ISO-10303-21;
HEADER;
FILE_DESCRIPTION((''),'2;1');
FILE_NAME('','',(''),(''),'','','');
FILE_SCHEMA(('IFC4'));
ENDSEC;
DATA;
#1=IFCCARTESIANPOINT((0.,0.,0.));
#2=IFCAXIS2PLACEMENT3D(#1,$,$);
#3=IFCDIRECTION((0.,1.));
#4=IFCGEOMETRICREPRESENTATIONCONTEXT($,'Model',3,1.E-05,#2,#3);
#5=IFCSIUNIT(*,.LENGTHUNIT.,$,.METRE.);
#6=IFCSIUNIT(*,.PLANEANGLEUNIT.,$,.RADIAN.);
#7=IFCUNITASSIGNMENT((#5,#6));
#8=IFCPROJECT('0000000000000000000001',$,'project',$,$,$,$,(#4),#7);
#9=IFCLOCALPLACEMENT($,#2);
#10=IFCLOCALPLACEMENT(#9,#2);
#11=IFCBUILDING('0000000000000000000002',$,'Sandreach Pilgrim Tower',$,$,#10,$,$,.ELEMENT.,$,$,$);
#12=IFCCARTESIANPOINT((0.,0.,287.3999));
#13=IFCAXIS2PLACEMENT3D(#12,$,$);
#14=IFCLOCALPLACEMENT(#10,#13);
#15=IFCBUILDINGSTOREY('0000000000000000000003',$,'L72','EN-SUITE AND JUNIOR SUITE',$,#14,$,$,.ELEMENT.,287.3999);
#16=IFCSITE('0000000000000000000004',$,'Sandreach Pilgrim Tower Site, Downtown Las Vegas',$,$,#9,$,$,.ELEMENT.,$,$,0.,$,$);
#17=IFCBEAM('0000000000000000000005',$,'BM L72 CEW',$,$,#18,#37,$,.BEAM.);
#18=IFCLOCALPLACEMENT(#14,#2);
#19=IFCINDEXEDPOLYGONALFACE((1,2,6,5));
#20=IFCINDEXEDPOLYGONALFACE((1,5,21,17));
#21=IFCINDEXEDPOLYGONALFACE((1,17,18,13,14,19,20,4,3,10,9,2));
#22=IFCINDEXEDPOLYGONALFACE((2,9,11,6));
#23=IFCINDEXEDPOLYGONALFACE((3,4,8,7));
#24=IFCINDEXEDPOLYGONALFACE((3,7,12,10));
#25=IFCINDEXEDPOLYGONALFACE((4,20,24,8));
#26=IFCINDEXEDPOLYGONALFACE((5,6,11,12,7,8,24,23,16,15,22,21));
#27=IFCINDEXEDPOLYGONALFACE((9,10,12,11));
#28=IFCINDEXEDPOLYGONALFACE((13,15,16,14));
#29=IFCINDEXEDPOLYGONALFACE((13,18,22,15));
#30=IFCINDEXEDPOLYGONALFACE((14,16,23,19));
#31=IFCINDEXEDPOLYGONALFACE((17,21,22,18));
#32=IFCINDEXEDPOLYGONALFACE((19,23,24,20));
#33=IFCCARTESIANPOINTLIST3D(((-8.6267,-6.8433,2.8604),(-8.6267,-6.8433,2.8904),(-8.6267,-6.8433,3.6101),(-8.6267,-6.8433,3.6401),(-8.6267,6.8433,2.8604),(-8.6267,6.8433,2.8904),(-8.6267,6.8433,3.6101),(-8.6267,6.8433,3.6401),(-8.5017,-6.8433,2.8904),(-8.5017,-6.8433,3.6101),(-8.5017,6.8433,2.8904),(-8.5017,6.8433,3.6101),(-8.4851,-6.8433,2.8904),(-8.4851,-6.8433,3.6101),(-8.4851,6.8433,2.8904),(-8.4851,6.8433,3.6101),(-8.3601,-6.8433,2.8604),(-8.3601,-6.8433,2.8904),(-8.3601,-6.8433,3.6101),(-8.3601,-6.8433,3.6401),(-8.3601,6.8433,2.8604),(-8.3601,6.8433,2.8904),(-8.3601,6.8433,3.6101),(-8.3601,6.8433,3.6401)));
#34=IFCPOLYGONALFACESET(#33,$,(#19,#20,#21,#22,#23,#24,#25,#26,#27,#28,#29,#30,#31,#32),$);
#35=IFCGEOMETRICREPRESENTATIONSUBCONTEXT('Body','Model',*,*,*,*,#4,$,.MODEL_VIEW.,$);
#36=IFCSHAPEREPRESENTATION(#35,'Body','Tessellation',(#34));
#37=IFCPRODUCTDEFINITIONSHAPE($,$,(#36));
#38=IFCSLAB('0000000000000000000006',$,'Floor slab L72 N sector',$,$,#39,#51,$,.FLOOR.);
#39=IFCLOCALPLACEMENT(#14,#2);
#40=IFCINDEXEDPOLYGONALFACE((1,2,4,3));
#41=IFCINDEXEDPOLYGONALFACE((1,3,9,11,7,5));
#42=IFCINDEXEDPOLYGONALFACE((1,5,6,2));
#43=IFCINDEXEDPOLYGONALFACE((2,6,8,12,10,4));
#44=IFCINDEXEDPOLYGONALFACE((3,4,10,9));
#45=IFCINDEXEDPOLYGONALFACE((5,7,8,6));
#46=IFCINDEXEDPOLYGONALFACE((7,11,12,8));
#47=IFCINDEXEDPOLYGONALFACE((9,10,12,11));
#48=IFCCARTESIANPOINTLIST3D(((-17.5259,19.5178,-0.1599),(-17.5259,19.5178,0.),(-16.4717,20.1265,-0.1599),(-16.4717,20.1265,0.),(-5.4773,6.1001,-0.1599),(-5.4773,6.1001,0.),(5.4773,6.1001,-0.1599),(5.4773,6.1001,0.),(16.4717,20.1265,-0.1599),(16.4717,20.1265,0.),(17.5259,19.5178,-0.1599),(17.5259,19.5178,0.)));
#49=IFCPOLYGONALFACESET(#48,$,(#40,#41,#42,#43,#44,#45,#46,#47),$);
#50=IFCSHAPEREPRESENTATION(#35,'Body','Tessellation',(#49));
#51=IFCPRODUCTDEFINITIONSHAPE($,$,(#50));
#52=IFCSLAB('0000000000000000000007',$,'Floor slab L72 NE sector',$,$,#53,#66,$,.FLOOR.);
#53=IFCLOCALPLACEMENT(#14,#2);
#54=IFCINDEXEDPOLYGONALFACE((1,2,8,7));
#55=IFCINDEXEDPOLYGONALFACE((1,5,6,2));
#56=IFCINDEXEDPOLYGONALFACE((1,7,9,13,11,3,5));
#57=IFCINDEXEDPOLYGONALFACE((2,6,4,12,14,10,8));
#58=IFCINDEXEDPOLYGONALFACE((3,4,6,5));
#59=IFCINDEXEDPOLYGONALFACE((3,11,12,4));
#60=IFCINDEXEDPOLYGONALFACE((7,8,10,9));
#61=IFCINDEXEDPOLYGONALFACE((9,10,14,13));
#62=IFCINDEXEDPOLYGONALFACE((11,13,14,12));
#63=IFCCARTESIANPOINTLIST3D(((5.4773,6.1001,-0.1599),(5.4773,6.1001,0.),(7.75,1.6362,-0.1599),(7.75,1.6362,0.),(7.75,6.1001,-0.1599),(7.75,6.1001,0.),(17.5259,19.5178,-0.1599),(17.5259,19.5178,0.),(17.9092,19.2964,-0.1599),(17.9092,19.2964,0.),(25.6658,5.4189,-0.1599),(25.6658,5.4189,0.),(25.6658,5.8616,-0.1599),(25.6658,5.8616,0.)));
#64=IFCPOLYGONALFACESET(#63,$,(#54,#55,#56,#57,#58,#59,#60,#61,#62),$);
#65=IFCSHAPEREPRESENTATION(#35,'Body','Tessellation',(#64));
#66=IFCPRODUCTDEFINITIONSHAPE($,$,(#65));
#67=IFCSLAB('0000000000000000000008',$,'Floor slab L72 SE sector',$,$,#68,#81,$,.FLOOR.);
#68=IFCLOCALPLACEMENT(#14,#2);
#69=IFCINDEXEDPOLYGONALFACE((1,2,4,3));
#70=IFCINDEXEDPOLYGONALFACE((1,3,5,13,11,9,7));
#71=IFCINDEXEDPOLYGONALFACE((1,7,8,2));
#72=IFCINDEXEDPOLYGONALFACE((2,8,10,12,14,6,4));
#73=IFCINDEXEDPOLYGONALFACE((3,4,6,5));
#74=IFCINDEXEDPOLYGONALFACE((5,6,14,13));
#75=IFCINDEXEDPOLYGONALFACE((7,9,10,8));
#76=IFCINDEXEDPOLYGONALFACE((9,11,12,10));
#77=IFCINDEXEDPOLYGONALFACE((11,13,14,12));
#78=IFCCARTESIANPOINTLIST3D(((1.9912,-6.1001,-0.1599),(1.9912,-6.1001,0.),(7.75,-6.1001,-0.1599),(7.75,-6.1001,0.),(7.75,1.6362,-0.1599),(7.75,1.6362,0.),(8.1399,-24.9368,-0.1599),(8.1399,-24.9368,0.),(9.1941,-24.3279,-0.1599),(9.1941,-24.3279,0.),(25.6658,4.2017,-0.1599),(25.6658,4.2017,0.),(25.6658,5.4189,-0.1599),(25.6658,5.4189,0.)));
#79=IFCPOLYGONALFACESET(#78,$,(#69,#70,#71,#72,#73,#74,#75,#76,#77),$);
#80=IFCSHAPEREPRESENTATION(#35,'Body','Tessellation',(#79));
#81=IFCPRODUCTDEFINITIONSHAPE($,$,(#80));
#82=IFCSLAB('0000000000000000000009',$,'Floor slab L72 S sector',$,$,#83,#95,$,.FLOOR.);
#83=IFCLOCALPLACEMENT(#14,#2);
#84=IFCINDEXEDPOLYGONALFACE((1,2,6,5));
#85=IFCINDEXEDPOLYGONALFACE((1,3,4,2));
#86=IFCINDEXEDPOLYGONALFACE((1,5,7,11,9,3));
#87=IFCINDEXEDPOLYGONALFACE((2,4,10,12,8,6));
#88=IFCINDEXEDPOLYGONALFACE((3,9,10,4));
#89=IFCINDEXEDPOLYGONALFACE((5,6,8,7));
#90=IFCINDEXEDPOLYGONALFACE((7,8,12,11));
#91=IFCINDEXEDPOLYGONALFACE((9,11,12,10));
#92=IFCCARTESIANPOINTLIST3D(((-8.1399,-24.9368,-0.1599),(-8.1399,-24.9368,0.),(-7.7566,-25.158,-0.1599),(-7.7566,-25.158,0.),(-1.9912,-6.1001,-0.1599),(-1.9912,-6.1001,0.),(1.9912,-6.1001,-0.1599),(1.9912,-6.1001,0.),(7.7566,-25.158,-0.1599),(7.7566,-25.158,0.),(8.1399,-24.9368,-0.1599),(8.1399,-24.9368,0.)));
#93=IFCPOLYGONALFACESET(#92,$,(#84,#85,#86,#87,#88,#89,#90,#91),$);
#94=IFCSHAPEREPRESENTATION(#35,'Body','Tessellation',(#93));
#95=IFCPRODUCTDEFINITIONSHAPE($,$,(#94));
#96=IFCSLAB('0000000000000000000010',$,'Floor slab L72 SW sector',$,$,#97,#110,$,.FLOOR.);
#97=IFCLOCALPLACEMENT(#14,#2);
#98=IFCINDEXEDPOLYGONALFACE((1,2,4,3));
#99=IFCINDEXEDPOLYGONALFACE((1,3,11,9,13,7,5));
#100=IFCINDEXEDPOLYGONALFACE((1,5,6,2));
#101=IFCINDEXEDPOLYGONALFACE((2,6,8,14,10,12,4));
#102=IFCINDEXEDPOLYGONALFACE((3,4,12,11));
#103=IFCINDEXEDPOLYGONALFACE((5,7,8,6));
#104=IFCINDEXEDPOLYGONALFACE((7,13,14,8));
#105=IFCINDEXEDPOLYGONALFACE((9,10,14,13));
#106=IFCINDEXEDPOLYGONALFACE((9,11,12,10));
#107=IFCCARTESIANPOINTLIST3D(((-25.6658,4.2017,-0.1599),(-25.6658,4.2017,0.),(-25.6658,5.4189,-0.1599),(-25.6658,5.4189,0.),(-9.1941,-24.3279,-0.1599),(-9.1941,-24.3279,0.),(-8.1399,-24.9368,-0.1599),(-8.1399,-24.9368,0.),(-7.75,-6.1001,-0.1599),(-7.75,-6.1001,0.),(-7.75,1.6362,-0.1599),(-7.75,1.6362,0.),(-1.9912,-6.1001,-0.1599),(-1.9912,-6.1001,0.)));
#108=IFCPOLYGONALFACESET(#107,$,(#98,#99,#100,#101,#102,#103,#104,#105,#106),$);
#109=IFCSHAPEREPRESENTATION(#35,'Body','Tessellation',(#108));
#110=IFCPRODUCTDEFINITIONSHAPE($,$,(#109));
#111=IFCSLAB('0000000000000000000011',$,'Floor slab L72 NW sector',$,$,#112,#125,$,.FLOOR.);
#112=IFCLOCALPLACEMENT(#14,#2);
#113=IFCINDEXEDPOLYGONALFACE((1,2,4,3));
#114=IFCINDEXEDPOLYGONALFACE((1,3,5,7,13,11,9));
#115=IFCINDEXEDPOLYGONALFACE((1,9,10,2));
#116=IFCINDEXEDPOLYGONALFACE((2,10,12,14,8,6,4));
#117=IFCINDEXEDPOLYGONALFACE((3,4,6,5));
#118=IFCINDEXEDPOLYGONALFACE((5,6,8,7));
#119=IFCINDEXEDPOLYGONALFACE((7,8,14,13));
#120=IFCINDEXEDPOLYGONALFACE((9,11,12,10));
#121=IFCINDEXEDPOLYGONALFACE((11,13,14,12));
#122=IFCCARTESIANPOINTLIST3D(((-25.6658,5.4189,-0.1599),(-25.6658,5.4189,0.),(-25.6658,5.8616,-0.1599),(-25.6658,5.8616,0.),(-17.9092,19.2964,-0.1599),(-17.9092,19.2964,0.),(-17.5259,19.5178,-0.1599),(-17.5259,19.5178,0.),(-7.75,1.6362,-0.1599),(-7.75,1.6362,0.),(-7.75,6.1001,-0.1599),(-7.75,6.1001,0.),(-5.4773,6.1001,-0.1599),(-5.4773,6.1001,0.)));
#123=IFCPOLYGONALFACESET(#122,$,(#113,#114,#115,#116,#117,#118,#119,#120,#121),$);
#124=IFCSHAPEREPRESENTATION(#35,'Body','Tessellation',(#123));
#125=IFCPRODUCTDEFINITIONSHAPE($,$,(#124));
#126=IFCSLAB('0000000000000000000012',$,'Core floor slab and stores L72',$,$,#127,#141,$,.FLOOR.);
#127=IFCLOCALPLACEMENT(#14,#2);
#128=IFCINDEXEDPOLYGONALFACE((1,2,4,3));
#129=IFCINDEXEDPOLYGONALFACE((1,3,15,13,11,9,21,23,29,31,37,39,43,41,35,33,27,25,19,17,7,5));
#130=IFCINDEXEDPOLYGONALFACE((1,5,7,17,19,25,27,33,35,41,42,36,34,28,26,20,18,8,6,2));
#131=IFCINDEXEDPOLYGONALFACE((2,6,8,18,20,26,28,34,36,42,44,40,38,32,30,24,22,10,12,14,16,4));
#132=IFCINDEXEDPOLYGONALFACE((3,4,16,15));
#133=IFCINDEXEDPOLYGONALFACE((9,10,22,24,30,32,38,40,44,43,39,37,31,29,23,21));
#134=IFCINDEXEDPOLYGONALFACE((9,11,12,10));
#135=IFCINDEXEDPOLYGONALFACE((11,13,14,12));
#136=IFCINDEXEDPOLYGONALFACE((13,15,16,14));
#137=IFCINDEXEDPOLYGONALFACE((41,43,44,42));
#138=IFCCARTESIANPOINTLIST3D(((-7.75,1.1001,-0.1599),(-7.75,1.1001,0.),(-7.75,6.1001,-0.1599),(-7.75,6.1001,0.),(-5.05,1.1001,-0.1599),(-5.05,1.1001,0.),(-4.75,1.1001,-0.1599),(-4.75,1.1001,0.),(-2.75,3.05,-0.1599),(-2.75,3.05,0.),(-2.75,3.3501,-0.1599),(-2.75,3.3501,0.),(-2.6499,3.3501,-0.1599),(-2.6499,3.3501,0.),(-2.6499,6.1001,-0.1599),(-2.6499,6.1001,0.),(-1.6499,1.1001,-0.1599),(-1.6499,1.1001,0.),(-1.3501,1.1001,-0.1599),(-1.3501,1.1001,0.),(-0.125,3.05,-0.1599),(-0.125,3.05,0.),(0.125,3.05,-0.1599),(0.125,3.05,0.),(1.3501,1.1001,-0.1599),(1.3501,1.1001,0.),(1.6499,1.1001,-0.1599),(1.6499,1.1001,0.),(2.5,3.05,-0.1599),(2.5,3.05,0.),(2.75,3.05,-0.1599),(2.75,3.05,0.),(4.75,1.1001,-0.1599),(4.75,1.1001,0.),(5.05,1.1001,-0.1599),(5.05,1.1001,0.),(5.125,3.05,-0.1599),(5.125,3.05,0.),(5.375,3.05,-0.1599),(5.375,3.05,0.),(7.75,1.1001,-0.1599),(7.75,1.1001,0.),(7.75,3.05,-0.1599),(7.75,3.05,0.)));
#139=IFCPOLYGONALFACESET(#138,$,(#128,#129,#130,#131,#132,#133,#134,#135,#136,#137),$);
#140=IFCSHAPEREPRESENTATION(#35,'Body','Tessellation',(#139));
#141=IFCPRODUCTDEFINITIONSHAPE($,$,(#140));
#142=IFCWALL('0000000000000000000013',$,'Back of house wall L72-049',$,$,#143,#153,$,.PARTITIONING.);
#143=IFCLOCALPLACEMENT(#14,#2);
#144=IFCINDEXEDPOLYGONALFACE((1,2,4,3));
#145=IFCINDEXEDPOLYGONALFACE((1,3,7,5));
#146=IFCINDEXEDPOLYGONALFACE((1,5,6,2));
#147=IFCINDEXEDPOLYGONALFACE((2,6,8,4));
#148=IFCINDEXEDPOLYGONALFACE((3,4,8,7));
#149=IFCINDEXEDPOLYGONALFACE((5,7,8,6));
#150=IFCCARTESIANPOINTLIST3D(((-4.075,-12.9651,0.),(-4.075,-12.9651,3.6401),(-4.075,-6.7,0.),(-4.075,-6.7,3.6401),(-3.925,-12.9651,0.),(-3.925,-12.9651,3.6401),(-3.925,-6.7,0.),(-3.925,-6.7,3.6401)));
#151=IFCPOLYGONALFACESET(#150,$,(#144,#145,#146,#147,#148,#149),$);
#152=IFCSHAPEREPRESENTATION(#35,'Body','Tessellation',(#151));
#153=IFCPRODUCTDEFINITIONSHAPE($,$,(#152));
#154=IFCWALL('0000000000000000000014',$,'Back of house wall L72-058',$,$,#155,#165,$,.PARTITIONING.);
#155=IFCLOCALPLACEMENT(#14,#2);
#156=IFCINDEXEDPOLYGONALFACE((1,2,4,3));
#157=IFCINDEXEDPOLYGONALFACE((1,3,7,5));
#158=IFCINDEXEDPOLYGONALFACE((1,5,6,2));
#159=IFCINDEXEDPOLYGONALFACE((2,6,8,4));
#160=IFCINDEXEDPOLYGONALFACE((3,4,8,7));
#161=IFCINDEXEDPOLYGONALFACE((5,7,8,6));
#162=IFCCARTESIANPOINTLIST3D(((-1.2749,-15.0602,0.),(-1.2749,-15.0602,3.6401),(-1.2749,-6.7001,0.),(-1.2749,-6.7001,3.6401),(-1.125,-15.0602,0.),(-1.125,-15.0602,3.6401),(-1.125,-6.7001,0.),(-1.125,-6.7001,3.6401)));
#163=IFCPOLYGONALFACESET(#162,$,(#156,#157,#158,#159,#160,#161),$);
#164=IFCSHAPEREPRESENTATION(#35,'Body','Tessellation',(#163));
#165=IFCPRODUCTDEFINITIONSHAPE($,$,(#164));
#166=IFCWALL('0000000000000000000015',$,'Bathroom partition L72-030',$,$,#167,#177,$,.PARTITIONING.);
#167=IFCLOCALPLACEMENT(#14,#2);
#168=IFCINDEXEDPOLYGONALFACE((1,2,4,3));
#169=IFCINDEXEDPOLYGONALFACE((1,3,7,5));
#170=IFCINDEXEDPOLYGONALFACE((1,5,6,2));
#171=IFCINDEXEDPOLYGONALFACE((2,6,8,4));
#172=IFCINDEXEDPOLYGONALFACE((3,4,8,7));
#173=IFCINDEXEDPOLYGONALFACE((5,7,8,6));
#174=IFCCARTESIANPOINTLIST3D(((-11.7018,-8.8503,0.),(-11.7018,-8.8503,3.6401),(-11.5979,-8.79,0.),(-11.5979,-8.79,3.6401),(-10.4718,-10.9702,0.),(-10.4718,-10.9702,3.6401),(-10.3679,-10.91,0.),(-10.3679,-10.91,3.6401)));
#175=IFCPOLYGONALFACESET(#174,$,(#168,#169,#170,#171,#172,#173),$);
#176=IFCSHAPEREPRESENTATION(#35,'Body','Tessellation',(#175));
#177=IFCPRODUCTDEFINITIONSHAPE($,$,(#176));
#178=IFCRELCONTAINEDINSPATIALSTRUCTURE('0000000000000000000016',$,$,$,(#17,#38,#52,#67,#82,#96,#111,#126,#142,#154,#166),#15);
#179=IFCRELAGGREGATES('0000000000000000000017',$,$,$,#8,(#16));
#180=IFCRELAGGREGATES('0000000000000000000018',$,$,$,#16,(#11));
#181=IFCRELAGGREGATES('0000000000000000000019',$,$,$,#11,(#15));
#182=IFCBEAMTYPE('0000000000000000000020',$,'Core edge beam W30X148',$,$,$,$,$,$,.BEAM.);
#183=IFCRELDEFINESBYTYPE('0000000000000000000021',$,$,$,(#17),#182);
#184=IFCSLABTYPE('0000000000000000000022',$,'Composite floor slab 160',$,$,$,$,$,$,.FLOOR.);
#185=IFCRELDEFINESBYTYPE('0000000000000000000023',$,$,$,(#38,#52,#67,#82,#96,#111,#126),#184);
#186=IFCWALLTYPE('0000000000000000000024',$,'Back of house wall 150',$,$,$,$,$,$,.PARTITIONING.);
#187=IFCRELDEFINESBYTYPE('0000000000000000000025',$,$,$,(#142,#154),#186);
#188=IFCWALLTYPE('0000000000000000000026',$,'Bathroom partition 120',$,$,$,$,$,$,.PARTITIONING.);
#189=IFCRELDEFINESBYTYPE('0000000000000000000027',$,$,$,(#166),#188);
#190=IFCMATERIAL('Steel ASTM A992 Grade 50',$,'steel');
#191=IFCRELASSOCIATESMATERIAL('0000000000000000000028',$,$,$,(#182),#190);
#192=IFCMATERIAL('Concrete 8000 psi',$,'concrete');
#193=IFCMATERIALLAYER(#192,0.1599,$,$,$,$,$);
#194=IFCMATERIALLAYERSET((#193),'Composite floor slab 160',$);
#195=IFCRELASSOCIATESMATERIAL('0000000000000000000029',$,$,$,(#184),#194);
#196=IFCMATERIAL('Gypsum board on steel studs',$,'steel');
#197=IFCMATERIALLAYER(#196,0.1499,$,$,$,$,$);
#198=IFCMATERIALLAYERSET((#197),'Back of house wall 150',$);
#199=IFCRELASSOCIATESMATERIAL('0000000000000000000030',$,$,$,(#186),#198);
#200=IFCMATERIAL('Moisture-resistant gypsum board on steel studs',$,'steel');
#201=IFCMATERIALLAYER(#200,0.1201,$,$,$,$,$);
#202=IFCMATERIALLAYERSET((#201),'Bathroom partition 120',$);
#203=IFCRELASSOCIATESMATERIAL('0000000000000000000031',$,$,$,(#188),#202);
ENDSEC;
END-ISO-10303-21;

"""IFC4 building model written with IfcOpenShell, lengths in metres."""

from ifc_helpers import new_model, si_unit, direction, frame, frame_2d, origin, origin_2d, place, context, subcontext, project, spatial, polyline, rectangle, i_section, outline, extrude, material, layer, layer_set, material_profile, profile_set, type_object, element, save


model = new_model("IFC4")

# Units and contexts
model_context = context("Model", 3, precision=1e-05, world=origin(), true_north=direction((0.0, 1.0)))
body_context = subcontext(model_context, "Body", "Model", "MODEL_VIEW")
ifc_project = project(units=[si_unit("LENGTHUNIT", "METRE"), si_unit("PLANEANGLEUNIT", "RADIAN")], contexts=[model_context])

# Site, building, storey
site_placement = place(None, origin())
site = spatial("IfcSite", under=ifc_project, at=site_placement, Name="Sandreach Pilgrim Tower Site, Downtown Las Vegas", CompositionType="ELEMENT", RefElevation=0.0)
building_placement = place(site_placement, origin())
building = spatial("IfcBuilding", under=site, at=building_placement, Name="Sandreach Pilgrim Tower", CompositionType="ELEMENT")
storey_placement = place(building_placement, frame((0.0, 0.0, 287.3999)))
storey = spatial("IfcBuildingStorey", under=building, at=storey_placement, Name="L72", Description="EN-SUITE AND JUNIOR SUITE", CompositionType="ELEMENT", Elevation=287.3999)

# Beam
ifc_material_1 = material(Name="Steel ASTM A992 Grade 50", Category="steel")
ifc_material_profile = material_profile(ifc_material_1, i_section(OverallWidth=0.2666, OverallDepth=0.7798, WebThickness=0.0166, FlangeThickness=0.03, at=origin_2d()), Name="W30X148")
ifc_profile_set = profile_set([ifc_material_profile], Name="Steel ASTM A992 Grade 50")
beam_type = type_object("IfcBeamType", Name="Core edge beam W30X148", PredefinedType="BEAM", material=ifc_profile_set)
beam_placement = place(storey_placement, frame((-8.4934, -6.8433, 3.2502), z_axis=(0.0, 1.0, 0.0), x_axis=(-1.0, 0.0, 0.0)))
element("IfcBeam", 1, at=beam_placement, inside=storey, type_object=beam_type, Name="BM L72 CEW", PredefinedType="BEAM", context=body_context, shape_type="SweptSolid", body=[
    extrude(i_section(OverallWidth=0.2666, OverallDepth=0.7798, WebThickness=0.0166, FlangeThickness=0.03, at=origin_2d()), origin(), (0.0, 0.0, 1.0), 13.6865),
])

# Slabs
ifc_material_2 = material(Name="Concrete 8000 psi", Category="concrete")
ifc_layer_1 = layer(ifc_material_2, 0.1599)
ifc_layer_set_1 = layer_set([ifc_layer_1], Name="Composite floor slab 160")
slab_type = type_object("IfcSlabType", Name="Composite floor slab 160", PredefinedType="FLOOR", material=ifc_layer_set_1)
slab_1_placement = place(storey_placement, frame((0.0, 0.0, -0.1599)))
element("IfcSlab", 2, at=slab_1_placement, inside=storey, type_object=slab_type, Name="Floor slab L72 N sector", PredefinedType="FLOOR", context=body_context, shape_type="SweptSolid", body=[
    extrude(outline(polyline([(-16.4717, 20.1265), (16.4717, 20.1265), (17.5259, 19.5178), (5.4773, 6.1001), (-5.4773, 6.1001), (-17.5259, 19.5178), (-16.4717, 20.1265)])), origin(), (0.0, 0.0, 1.0), 0.1599),
])
slab_2_placement = place(storey_placement, frame((0.0, 0.0, -0.1599)))
element("IfcSlab", 3, at=slab_2_placement, inside=storey, type_object=slab_type, Name="Floor slab L72 NE sector", PredefinedType="FLOOR", context=body_context, shape_type="SweptSolid", body=[
    extrude(outline(polyline([(17.9092, 19.2964), (25.6658, 5.8616), (25.6658, 5.4189), (7.75, 1.6362), (7.75, 6.1001), (5.4773, 6.1001), (17.5259, 19.5178), (17.9092, 19.2964)])), origin(), (0.0, 0.0, 1.0), 0.1599),
])
slab_3_placement = place(storey_placement, frame((0.0, 0.0, -0.1599)))
element("IfcSlab", 4, at=slab_3_placement, inside=storey, type_object=slab_type, Name="Floor slab L72 SE sector", PredefinedType="FLOOR", context=body_context, shape_type="SweptSolid", body=[
    extrude(outline(polyline([(25.6658, 4.2017), (9.1941, -24.3279), (8.1399, -24.9368), (1.9912, -6.1001), (7.75, -6.1001), (7.75, 1.6362), (25.6658, 5.4189), (25.6658, 4.2017)])), origin(), (0.0, 0.0, 1.0), 0.1599),
])
slab_4_placement = place(storey_placement, frame((0.0, 0.0, -0.1599)))
element("IfcSlab", 5, at=slab_4_placement, inside=storey, type_object=slab_type, Name="Floor slab L72 S sector", PredefinedType="FLOOR", context=body_context, shape_type="SweptSolid", body=[
    extrude(outline(polyline([(7.7566, -25.158), (-7.7566, -25.158), (-8.1399, -24.9368), (-1.9912, -6.1001), (1.9912, -6.1001), (8.1399, -24.9368), (7.7566, -25.158)])), origin(), (0.0, 0.0, 1.0), 0.1599),
])
slab_5_placement = place(storey_placement, frame((0.0, 0.0, -0.1599)))
element("IfcSlab", 6, at=slab_5_placement, inside=storey, type_object=slab_type, Name="Floor slab L72 SW sector", PredefinedType="FLOOR", context=body_context, shape_type="SweptSolid", body=[
    extrude(outline(polyline([(-9.1941, -24.3279), (-25.6658, 4.2017), (-25.6658, 5.4189), (-7.75, 1.6362), (-7.75, -6.1001), (-1.9912, -6.1001), (-8.1399, -24.9368), (-9.1941, -24.3279)])), origin(), (0.0, 0.0, 1.0), 0.1599),
])
slab_6_placement = place(storey_placement, frame((0.0, 0.0, -0.1599)))
element("IfcSlab", 7, at=slab_6_placement, inside=storey, type_object=slab_type, Name="Floor slab L72 NW sector", PredefinedType="FLOOR", context=body_context, shape_type="SweptSolid", body=[
    extrude(outline(polyline([(-25.6658, 5.8616), (-17.9092, 19.2964), (-17.5259, 19.5178), (-5.4773, 6.1001), (-7.75, 6.1001), (-7.75, 1.6362), (-25.6658, 5.4189), (-25.6658, 5.8616)])), origin(), (0.0, 0.0, 1.0), 0.1599),
])
slab_7_placement = place(storey_placement, frame((0.0, 0.0, -0.1599)))
element("IfcSlab", 8, at=slab_7_placement, inside=storey, type_object=slab_type, Name="Core floor slab and stores L72", PredefinedType="FLOOR", context=body_context, shape_type="SweptSolid", body=[
    extrude(outline(polyline([(-2.75, 3.3501), (-2.75, 3.05), (-0.125, 3.05), (0.125, 3.05), (2.5, 3.05), (2.75, 3.05), (5.125, 3.05), (5.375, 3.05), (7.75, 3.05), (7.75, 1.1001), (5.05, 1.1001), (4.75, 1.1001), (1.6499, 1.1001), (1.3501, 1.1001), (-1.3501, 1.1001), (-1.6499, 1.1001), (-4.75, 1.1001), (-5.05, 1.1001), (-7.75, 1.1001), (-7.75, 6.1001), (-2.6499, 6.1001), (-2.6499, 3.3501), (-2.75, 3.3501)])), origin(), (0.0, 0.0, 1.0), 0.1599),
])

# Walls
ifc_material_3 = material(Name="Gypsum board on steel studs", Category="steel")
ifc_layer_2 = layer(ifc_material_3, 0.1499)
ifc_layer_set_2 = layer_set([ifc_layer_2], Name="Back of house wall 150")
wall_type_1 = type_object("IfcWallType", Name="Back of house wall 150", PredefinedType="PARTITIONING", material=ifc_layer_set_2)
wall_1_placement = place(storey_placement, frame((-4.0, -6.7, 0.0), z_axis=(0.0, 0.0, 1.0), x_axis=(0.0, -1.0, 0.0)))
element("IfcWall", 9, at=wall_1_placement, inside=storey, type_object=wall_type_1, Name="Back of house wall L72-049", PredefinedType="PARTITIONING", context=body_context, shape_type="SweptSolid", body=[
    extrude(rectangle(XDim=6.2651, YDim=0.1499, at=frame_2d((3.1326, 0.0))), origin(), (0.0, 0.0, 1.0), 3.6401),
])
wall_2_placement = place(storey_placement, frame((-1.2, -6.7, 0.0), z_axis=(0.0, 0.0, 1.0), x_axis=(0.0, -1.0, 0.0)))
element("IfcWall", 10, at=wall_2_placement, inside=storey, type_object=wall_type_1, Name="Back of house wall L72-058", PredefinedType="PARTITIONING", context=body_context, shape_type="SweptSolid", body=[
    extrude(rectangle(XDim=8.3601, YDim=0.1499, at=frame_2d((4.1802, 0.0))), origin(), (0.0, 0.0, 1.0), 3.6401),
])
ifc_material_4 = material(Name="Moisture-resistant gypsum board on steel studs", Category="steel")
ifc_layer_3 = layer(ifc_material_4, 0.1201)
ifc_layer_set_3 = layer_set([ifc_layer_3], Name="Bathroom partition 120")
wall_type_2 = type_object("IfcWallType", Name="Bathroom partition 120", PredefinedType="PARTITIONING", material=ifc_layer_set_3)
wall_3_placement = place(storey_placement, frame((-11.6499, -8.8201, 0.0), z_axis=(0.0, 0.0, 1.0), x_axis=(0.501857, -0.864951, 0.0)))
element("IfcWall", 11, at=wall_3_placement, inside=storey, type_object=wall_type_2, Name="Bathroom partition L72-030", PredefinedType="PARTITIONING", context=body_context, shape_type="SweptSolid", body=[
    extrude(rectangle(XDim=2.4509, YDim=0.1201, at=frame_2d((1.2256, 0.0))), origin(), (0.0, 0.0, 1.0), 3.6401),
])

save(model, "model.ifc")
